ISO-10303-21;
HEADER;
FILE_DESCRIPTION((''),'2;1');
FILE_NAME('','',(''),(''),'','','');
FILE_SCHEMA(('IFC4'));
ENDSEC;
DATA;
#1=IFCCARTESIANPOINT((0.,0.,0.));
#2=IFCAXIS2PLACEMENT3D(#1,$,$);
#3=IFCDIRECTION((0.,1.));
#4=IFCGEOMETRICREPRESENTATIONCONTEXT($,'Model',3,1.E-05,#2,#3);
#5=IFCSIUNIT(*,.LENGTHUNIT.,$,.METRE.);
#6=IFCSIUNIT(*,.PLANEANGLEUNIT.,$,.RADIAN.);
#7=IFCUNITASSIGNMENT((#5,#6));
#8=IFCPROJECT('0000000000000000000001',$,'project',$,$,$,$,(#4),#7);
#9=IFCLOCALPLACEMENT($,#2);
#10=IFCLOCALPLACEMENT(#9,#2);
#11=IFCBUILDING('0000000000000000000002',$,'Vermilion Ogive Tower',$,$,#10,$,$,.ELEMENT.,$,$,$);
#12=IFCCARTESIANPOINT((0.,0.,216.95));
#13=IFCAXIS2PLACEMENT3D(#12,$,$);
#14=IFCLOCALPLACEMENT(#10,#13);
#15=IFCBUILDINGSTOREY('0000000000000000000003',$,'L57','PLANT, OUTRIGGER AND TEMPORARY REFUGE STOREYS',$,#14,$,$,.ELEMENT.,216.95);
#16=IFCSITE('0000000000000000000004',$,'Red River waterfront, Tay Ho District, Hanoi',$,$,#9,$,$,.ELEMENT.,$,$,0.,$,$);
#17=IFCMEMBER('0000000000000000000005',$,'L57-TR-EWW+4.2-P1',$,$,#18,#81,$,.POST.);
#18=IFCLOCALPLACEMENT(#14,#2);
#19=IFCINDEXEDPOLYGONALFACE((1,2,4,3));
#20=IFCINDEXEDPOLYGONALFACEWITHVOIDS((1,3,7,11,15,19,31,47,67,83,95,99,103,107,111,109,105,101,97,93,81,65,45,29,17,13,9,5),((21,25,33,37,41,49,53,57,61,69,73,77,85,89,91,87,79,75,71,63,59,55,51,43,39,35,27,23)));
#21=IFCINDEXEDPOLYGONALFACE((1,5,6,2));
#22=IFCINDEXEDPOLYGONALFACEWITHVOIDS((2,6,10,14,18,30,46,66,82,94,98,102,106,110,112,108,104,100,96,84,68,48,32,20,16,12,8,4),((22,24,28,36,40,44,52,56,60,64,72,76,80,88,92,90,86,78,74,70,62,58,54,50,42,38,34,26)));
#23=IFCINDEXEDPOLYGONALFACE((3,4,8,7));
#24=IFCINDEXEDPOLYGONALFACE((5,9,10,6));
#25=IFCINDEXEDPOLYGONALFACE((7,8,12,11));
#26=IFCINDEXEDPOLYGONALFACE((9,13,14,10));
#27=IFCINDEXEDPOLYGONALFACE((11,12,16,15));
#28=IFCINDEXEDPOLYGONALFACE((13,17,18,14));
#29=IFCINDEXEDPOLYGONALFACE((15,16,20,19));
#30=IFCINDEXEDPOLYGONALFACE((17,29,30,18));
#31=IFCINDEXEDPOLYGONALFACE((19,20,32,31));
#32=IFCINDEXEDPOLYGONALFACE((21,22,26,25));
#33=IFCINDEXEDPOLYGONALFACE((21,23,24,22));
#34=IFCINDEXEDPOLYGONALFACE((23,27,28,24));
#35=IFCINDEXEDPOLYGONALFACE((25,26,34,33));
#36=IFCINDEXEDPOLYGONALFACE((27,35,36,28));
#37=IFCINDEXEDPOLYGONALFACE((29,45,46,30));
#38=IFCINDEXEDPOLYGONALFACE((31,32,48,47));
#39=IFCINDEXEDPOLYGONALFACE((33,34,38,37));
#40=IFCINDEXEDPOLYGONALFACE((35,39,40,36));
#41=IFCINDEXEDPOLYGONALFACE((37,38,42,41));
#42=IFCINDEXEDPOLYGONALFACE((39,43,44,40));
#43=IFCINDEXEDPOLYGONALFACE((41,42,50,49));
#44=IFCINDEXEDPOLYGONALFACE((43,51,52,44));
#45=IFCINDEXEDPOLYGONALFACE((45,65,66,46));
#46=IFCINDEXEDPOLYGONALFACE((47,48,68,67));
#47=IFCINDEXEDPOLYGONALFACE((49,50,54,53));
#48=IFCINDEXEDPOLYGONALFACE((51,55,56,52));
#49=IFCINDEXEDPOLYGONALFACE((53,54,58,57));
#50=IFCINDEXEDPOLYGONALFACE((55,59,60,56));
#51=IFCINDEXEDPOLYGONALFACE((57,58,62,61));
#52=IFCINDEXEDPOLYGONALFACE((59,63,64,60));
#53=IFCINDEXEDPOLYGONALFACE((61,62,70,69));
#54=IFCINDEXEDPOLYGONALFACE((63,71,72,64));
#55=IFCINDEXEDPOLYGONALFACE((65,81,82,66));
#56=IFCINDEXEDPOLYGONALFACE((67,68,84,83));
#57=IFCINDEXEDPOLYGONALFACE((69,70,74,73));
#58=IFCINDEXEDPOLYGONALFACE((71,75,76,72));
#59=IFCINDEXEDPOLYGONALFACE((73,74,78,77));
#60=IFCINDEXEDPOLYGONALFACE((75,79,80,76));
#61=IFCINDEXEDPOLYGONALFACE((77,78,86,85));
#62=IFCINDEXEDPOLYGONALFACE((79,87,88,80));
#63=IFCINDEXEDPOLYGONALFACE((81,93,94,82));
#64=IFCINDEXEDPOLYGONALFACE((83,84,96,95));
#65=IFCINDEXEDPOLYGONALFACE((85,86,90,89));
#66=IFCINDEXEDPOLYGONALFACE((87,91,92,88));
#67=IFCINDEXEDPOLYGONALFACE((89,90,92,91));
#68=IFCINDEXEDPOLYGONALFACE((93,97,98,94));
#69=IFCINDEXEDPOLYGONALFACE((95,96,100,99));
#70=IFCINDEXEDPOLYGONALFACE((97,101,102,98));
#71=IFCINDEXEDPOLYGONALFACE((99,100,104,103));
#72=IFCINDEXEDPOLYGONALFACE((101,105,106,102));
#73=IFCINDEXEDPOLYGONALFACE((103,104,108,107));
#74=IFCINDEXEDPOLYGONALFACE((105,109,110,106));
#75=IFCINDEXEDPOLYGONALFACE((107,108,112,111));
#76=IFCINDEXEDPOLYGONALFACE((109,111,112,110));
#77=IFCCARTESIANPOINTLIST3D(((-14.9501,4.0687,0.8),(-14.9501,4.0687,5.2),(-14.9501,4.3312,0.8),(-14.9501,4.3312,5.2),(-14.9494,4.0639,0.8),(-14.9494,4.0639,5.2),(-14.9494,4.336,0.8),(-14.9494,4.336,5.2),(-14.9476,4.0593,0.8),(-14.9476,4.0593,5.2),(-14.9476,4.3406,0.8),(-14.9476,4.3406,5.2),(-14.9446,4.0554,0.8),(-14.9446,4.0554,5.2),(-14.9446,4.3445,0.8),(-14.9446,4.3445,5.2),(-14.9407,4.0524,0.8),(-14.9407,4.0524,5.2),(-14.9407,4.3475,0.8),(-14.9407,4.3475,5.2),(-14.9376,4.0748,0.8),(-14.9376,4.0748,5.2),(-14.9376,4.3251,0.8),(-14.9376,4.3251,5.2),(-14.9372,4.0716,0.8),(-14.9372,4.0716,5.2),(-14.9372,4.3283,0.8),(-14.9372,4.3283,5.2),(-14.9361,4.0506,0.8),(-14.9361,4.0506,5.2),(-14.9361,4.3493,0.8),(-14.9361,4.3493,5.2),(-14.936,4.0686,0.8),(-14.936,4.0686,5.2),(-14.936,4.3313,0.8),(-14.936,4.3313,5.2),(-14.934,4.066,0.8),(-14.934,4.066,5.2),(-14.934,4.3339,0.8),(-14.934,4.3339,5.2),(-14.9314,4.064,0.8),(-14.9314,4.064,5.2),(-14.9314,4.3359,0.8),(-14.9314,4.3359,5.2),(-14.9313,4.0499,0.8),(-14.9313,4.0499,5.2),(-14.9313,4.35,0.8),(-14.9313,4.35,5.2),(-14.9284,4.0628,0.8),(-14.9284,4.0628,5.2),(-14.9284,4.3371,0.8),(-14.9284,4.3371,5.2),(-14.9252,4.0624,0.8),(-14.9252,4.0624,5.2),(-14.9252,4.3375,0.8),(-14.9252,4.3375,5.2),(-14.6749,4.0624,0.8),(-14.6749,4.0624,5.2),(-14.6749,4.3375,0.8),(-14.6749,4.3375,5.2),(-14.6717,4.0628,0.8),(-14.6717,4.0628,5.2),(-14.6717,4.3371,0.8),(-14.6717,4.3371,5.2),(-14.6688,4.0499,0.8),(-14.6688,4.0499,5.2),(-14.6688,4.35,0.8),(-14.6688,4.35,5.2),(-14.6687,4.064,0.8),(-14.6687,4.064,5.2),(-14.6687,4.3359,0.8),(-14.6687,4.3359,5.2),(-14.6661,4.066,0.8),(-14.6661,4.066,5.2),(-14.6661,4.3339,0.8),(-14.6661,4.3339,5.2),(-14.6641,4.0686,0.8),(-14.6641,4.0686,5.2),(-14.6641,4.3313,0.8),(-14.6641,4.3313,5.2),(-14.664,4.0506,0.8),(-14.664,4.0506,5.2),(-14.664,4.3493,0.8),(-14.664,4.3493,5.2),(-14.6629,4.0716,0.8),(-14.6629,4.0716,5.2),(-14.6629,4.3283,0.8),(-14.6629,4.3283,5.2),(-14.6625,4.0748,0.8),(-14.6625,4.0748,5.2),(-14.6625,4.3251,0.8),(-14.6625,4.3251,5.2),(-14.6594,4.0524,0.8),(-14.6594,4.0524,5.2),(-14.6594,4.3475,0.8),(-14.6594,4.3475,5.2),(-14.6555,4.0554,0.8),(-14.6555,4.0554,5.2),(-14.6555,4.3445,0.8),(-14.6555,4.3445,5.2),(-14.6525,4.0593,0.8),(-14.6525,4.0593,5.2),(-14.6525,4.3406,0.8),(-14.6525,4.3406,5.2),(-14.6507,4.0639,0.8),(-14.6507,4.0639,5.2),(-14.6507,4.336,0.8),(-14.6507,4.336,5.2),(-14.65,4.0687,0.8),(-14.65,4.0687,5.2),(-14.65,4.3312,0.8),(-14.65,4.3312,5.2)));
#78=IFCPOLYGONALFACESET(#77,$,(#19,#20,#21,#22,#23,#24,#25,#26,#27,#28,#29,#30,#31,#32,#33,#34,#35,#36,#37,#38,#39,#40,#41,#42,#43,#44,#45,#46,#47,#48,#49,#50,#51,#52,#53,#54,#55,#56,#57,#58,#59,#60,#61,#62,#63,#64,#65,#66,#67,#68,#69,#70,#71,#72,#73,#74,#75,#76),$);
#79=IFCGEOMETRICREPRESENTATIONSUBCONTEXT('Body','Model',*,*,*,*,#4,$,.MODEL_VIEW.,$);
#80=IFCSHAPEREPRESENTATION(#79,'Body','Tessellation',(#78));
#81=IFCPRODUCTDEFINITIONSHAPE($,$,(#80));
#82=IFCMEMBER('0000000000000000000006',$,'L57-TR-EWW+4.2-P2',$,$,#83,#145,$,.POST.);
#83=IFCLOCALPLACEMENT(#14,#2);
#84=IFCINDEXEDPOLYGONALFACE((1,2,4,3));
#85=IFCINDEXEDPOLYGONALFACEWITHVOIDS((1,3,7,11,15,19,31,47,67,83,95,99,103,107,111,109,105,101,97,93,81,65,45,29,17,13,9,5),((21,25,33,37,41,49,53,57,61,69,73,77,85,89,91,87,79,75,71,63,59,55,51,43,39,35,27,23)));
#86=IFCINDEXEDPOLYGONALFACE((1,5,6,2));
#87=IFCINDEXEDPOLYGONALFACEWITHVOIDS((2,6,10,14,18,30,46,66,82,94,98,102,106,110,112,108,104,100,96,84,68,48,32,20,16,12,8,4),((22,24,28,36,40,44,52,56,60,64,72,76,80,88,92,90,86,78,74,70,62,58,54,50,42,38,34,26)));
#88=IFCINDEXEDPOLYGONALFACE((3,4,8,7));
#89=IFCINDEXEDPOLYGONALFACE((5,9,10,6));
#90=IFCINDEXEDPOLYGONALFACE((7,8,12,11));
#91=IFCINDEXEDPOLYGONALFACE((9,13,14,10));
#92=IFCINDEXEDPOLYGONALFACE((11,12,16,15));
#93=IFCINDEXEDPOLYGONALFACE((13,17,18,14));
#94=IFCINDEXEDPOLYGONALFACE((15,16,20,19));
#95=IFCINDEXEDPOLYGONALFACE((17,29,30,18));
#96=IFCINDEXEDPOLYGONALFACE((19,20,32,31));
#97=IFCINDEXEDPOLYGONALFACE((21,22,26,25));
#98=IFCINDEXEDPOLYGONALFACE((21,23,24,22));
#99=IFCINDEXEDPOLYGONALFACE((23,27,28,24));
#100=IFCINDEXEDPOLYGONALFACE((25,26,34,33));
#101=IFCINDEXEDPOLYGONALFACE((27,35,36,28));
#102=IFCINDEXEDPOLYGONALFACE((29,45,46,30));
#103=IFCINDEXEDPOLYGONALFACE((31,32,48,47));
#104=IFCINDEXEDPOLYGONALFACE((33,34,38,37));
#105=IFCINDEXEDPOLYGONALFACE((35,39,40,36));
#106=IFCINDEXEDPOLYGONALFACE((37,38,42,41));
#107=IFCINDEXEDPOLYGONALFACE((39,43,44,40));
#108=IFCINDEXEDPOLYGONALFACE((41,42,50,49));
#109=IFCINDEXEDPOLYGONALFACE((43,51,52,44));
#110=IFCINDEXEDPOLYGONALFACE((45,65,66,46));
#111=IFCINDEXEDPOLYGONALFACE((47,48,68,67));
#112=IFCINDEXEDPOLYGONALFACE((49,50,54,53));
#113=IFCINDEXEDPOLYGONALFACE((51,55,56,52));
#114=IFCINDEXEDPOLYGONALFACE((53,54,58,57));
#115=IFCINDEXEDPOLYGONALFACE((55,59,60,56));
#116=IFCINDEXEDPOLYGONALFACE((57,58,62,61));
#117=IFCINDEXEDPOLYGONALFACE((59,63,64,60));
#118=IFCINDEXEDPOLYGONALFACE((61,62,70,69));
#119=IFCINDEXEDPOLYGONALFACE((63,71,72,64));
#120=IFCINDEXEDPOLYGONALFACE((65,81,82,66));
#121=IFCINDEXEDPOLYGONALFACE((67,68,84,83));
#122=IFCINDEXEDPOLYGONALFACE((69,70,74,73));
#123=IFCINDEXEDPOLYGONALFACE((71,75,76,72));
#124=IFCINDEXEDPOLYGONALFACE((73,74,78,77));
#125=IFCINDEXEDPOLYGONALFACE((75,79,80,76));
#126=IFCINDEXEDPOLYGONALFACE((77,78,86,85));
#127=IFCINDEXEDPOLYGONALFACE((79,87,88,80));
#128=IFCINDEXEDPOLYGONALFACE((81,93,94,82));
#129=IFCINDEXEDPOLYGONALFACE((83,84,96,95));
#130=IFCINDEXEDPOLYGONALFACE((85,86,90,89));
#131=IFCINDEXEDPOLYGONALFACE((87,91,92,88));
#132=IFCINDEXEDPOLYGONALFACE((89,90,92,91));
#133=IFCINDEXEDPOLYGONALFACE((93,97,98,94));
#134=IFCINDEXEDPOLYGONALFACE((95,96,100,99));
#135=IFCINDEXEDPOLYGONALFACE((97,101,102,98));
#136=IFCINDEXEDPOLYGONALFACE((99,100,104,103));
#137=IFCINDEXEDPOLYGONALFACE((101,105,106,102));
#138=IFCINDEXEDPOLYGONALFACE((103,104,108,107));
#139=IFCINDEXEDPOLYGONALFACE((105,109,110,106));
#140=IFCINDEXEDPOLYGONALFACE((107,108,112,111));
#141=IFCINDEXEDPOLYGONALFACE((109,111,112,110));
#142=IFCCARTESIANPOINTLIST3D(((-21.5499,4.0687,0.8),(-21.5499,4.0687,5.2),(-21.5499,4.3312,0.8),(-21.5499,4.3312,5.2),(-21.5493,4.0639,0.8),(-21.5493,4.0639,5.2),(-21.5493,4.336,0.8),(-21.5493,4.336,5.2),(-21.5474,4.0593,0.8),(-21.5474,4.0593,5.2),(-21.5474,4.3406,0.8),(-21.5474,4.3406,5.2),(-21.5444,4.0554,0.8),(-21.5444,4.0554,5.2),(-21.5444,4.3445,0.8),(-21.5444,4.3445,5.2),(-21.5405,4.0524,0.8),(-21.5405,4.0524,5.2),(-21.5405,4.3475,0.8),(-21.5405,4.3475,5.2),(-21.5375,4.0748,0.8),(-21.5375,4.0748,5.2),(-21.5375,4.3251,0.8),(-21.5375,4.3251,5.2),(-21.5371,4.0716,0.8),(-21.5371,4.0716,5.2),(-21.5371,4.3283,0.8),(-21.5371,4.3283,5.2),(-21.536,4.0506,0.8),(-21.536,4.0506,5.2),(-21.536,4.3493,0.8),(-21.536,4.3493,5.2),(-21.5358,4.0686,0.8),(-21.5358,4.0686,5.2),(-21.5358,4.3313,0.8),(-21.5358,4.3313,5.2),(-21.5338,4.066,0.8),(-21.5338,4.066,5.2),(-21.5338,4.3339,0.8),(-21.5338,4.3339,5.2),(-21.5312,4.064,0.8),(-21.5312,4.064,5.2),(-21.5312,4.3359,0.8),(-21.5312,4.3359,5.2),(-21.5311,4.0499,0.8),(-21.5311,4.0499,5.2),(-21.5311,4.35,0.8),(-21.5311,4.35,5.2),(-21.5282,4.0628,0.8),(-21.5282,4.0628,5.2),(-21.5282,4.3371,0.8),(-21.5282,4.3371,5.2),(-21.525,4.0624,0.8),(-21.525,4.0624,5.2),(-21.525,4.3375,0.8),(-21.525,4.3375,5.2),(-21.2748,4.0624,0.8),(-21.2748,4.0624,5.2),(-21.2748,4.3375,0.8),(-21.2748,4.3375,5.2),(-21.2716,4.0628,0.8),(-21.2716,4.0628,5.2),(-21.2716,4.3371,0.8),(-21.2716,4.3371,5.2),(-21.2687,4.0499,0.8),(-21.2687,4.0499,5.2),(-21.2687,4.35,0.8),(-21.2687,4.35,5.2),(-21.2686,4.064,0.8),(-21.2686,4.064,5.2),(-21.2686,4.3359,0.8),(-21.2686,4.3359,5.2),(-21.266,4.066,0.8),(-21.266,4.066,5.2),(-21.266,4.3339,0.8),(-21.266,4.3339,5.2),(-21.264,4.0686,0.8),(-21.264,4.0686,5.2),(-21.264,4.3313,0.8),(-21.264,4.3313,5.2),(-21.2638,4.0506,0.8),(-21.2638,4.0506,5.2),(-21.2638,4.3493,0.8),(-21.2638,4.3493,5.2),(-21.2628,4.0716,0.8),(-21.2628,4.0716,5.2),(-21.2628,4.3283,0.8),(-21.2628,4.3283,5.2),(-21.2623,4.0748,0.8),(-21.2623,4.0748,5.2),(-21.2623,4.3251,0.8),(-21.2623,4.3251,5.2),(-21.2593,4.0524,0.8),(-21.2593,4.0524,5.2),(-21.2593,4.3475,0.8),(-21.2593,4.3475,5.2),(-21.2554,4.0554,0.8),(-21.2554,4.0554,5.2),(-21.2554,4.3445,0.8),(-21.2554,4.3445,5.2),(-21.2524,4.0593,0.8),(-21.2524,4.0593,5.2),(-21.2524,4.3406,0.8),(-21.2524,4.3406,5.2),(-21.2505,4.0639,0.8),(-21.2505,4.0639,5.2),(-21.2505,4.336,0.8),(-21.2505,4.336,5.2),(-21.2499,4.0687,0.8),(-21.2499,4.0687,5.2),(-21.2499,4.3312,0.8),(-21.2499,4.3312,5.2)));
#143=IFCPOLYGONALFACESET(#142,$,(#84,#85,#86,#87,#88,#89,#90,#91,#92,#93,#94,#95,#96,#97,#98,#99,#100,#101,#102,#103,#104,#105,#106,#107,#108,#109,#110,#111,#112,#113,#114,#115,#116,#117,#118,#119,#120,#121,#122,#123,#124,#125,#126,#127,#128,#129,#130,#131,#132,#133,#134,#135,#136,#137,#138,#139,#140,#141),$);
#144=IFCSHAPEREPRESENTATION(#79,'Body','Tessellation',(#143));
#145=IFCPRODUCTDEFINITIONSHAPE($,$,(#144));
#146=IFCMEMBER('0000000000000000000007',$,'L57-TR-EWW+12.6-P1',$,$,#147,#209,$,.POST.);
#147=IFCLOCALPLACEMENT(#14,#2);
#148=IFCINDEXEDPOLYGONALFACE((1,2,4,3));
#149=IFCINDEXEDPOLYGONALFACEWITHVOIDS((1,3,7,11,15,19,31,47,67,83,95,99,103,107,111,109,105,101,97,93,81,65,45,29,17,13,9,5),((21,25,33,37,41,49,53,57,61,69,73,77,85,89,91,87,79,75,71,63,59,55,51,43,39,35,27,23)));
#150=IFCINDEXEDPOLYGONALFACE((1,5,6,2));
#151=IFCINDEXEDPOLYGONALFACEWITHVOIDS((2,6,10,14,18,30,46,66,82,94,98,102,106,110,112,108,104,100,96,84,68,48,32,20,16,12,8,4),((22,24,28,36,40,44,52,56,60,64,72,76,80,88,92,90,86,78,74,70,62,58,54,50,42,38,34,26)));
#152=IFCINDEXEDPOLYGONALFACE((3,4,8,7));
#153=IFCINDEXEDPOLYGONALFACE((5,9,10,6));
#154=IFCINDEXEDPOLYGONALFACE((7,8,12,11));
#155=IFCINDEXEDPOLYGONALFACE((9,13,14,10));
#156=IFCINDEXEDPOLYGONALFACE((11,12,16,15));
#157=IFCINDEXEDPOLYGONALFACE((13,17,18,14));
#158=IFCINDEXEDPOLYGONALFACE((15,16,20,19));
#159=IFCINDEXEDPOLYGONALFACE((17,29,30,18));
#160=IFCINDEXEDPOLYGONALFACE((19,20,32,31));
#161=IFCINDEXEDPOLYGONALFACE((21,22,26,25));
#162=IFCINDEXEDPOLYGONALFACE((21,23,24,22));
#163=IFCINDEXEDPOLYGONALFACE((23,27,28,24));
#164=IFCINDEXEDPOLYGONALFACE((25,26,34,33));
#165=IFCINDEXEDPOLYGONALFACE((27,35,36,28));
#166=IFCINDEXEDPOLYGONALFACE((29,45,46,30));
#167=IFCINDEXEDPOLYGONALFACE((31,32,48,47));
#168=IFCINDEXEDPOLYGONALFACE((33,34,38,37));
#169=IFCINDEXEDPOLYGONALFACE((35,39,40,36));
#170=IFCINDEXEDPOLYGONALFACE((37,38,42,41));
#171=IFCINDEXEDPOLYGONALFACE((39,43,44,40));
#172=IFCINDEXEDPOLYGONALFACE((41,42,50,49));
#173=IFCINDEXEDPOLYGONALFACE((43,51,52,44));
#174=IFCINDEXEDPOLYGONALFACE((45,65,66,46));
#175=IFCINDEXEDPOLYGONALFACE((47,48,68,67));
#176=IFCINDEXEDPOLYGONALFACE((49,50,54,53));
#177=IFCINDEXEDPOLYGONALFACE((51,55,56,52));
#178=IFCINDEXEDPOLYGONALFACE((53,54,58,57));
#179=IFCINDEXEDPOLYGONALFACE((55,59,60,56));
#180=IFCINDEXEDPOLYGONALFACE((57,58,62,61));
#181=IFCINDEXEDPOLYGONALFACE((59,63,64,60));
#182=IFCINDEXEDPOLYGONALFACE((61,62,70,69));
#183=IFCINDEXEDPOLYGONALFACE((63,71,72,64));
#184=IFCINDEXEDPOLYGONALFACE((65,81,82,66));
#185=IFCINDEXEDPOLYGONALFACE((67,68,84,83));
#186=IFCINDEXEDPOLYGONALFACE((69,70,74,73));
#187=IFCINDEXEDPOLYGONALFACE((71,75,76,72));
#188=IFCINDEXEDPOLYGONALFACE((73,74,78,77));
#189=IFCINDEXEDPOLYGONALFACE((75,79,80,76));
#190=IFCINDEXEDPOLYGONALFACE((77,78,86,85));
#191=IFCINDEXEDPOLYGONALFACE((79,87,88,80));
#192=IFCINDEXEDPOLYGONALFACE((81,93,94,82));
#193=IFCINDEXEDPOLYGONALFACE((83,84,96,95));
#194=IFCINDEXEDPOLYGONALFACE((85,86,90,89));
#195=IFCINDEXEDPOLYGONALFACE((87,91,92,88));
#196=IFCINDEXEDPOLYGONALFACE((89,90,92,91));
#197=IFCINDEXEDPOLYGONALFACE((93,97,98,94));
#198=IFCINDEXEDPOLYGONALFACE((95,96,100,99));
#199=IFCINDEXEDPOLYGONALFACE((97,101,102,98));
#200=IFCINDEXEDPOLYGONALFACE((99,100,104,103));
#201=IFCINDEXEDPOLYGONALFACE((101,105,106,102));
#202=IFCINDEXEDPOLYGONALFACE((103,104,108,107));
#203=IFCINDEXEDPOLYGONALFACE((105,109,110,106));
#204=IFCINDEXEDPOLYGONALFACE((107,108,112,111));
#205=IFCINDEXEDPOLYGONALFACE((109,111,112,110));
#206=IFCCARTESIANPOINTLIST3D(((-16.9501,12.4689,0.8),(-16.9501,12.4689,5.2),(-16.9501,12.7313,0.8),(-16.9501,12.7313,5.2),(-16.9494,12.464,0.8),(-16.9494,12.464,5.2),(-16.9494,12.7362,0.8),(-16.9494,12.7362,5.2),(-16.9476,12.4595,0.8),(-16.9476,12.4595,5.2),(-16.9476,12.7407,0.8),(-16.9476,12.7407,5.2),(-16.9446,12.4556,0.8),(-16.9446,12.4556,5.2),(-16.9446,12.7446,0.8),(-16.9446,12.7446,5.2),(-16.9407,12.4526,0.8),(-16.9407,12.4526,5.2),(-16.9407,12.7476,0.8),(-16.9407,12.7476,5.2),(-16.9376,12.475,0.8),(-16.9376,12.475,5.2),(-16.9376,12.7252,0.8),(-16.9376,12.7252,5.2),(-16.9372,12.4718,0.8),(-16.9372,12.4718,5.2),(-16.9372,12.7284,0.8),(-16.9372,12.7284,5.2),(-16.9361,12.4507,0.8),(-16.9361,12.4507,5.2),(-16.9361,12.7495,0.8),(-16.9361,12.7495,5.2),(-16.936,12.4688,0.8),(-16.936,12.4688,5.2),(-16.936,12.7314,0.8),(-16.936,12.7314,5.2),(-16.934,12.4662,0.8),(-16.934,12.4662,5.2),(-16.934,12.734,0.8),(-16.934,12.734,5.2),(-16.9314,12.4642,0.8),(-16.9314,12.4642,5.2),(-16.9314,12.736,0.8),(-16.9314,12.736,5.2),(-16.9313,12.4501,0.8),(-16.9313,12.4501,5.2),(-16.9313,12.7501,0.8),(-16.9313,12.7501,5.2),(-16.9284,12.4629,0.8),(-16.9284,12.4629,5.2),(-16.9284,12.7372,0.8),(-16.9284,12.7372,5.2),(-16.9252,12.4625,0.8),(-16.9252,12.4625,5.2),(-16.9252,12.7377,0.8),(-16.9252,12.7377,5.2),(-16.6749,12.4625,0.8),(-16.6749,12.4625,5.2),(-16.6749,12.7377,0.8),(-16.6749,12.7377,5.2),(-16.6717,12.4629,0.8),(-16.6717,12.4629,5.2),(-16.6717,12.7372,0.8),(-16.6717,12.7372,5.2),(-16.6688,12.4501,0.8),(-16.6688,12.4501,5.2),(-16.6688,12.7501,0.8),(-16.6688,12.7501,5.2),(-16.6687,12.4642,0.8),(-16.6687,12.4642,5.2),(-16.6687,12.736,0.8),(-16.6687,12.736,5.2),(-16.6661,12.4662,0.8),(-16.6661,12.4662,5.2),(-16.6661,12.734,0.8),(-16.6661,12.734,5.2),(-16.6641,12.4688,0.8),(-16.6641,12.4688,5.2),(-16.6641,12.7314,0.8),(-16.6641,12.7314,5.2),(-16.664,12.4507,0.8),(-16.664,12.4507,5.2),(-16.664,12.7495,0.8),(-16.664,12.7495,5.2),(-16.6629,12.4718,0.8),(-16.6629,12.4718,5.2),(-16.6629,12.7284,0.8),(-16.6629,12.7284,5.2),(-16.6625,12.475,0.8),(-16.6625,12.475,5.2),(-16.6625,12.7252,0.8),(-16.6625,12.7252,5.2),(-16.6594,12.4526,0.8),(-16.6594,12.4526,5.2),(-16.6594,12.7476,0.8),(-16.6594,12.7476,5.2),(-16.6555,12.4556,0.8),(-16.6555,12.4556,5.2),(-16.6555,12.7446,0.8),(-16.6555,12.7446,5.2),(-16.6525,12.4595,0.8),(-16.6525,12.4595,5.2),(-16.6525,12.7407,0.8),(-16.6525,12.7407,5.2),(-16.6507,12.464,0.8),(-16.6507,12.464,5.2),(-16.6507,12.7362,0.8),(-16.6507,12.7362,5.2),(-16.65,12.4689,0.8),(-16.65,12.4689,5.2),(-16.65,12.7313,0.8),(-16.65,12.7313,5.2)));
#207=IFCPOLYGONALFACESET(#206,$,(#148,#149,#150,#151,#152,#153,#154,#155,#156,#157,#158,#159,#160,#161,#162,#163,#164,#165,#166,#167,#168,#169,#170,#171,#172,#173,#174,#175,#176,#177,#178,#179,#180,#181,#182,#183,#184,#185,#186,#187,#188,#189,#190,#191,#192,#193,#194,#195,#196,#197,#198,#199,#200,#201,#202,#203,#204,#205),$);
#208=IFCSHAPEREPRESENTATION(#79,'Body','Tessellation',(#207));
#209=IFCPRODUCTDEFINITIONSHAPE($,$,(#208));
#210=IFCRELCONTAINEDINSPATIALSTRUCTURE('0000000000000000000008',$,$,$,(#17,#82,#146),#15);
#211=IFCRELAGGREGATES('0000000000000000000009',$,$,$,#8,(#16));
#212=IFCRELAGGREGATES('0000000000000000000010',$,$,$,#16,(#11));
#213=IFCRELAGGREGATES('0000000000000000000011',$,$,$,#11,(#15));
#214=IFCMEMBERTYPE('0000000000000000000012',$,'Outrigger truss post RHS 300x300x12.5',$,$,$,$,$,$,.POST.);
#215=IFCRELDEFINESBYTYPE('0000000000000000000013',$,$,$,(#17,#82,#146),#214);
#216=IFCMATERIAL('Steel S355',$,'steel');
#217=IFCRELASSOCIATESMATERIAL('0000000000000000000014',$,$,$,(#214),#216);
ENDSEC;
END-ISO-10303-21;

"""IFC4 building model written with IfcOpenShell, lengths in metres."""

from ifc_helpers import new_model, si_unit, direction, frame, origin, origin_2d, place, context, subcontext, project, spatial, hollow_rectangle, extrude, material, material_profile, profile_set, type_object, element, save


model = new_model("IFC4")

# Units and contexts
model_context = context("Model", 3, precision=1e-05, world=origin(), true_north=direction((0.0, 1.0)))
body_context = subcontext(model_context, "Body", "Model", "MODEL_VIEW")
ifc_project = project(units=[si_unit("LENGTHUNIT", "METRE"), si_unit("PLANEANGLEUNIT", "RADIAN")], contexts=[model_context])

# Site, building, storey
site_placement = place(None, origin())
site = spatial("IfcSite", under=ifc_project, at=site_placement, Name="Red River waterfront, Tay Ho District, Hanoi", CompositionType="ELEMENT", RefElevation=0.0)
building_placement = place(site_placement, origin())
building = spatial("IfcBuilding", under=site, at=building_placement, Name="Vermilion Ogive Tower", CompositionType="ELEMENT")
storey_placement = place(building_placement, frame((0.0, 0.0, 216.95)))
storey = spatial("IfcBuildingStorey", under=building, at=storey_placement, Name="L57", Description="PLANT, OUTRIGGER AND TEMPORARY REFUGE STOREYS", CompositionType="ELEMENT", Elevation=216.95)

# Members
ifc_material_1 = material(Name="Steel S355", Category="steel")
ifc_material_profile_1 = material_profile(ifc_material_1, hollow_rectangle(XDim=0.3, YDim=0.3, WallThickness=0.0125, InnerFilletRadius=0.0125, OuterFilletRadius=0.0188, at=origin_2d()), Name="RHS 300x300x12.5")
ifc_profile_set_1 = profile_set([ifc_material_profile_1], Name="Steel S355")
member_type_1 = type_object("IfcMemberType", Name="Outrigger truss post RHS 300x300x12.5", PredefinedType="POST", material=ifc_profile_set_1)
for number, where, z_axis, x_axis, name in (
    (1, (-14.8, 4.2, 0.8), (0.0, 0.0, 1.0), (1.0, 0.0, 0.0), "L57-TR-EWW+4.2-P1"),
    (2, (-21.3999, 4.2, 0.8), (0.0, 0.0, 1.0), (1.0, 0.0, 0.0), "L57-TR-EWW+4.2-P2"),
    (3, (-16.8, 12.6001, 0.8), (0.0, 0.0, 1.0), (1.0, 0.0, 0.0), "L57-TR-EWW+12.6-P1"),
):
    element("IfcMember", number, at=place(storey_placement, frame(where, z_axis=z_axis, x_axis=x_axis)), inside=storey, type_object=member_type_1, Name=name, PredefinedType="POST", context=body_context, shape_type="SweptSolid", body=[
        extrude(hollow_rectangle(XDim=0.3, YDim=0.3, WallThickness=0.0125, InnerFilletRadius=0.0125, OuterFilletRadius=0.0188, at=origin_2d()), origin(), (0.0, 0.0, 1.0), 4.3999),
    ])

save(model, "model.ifc")
